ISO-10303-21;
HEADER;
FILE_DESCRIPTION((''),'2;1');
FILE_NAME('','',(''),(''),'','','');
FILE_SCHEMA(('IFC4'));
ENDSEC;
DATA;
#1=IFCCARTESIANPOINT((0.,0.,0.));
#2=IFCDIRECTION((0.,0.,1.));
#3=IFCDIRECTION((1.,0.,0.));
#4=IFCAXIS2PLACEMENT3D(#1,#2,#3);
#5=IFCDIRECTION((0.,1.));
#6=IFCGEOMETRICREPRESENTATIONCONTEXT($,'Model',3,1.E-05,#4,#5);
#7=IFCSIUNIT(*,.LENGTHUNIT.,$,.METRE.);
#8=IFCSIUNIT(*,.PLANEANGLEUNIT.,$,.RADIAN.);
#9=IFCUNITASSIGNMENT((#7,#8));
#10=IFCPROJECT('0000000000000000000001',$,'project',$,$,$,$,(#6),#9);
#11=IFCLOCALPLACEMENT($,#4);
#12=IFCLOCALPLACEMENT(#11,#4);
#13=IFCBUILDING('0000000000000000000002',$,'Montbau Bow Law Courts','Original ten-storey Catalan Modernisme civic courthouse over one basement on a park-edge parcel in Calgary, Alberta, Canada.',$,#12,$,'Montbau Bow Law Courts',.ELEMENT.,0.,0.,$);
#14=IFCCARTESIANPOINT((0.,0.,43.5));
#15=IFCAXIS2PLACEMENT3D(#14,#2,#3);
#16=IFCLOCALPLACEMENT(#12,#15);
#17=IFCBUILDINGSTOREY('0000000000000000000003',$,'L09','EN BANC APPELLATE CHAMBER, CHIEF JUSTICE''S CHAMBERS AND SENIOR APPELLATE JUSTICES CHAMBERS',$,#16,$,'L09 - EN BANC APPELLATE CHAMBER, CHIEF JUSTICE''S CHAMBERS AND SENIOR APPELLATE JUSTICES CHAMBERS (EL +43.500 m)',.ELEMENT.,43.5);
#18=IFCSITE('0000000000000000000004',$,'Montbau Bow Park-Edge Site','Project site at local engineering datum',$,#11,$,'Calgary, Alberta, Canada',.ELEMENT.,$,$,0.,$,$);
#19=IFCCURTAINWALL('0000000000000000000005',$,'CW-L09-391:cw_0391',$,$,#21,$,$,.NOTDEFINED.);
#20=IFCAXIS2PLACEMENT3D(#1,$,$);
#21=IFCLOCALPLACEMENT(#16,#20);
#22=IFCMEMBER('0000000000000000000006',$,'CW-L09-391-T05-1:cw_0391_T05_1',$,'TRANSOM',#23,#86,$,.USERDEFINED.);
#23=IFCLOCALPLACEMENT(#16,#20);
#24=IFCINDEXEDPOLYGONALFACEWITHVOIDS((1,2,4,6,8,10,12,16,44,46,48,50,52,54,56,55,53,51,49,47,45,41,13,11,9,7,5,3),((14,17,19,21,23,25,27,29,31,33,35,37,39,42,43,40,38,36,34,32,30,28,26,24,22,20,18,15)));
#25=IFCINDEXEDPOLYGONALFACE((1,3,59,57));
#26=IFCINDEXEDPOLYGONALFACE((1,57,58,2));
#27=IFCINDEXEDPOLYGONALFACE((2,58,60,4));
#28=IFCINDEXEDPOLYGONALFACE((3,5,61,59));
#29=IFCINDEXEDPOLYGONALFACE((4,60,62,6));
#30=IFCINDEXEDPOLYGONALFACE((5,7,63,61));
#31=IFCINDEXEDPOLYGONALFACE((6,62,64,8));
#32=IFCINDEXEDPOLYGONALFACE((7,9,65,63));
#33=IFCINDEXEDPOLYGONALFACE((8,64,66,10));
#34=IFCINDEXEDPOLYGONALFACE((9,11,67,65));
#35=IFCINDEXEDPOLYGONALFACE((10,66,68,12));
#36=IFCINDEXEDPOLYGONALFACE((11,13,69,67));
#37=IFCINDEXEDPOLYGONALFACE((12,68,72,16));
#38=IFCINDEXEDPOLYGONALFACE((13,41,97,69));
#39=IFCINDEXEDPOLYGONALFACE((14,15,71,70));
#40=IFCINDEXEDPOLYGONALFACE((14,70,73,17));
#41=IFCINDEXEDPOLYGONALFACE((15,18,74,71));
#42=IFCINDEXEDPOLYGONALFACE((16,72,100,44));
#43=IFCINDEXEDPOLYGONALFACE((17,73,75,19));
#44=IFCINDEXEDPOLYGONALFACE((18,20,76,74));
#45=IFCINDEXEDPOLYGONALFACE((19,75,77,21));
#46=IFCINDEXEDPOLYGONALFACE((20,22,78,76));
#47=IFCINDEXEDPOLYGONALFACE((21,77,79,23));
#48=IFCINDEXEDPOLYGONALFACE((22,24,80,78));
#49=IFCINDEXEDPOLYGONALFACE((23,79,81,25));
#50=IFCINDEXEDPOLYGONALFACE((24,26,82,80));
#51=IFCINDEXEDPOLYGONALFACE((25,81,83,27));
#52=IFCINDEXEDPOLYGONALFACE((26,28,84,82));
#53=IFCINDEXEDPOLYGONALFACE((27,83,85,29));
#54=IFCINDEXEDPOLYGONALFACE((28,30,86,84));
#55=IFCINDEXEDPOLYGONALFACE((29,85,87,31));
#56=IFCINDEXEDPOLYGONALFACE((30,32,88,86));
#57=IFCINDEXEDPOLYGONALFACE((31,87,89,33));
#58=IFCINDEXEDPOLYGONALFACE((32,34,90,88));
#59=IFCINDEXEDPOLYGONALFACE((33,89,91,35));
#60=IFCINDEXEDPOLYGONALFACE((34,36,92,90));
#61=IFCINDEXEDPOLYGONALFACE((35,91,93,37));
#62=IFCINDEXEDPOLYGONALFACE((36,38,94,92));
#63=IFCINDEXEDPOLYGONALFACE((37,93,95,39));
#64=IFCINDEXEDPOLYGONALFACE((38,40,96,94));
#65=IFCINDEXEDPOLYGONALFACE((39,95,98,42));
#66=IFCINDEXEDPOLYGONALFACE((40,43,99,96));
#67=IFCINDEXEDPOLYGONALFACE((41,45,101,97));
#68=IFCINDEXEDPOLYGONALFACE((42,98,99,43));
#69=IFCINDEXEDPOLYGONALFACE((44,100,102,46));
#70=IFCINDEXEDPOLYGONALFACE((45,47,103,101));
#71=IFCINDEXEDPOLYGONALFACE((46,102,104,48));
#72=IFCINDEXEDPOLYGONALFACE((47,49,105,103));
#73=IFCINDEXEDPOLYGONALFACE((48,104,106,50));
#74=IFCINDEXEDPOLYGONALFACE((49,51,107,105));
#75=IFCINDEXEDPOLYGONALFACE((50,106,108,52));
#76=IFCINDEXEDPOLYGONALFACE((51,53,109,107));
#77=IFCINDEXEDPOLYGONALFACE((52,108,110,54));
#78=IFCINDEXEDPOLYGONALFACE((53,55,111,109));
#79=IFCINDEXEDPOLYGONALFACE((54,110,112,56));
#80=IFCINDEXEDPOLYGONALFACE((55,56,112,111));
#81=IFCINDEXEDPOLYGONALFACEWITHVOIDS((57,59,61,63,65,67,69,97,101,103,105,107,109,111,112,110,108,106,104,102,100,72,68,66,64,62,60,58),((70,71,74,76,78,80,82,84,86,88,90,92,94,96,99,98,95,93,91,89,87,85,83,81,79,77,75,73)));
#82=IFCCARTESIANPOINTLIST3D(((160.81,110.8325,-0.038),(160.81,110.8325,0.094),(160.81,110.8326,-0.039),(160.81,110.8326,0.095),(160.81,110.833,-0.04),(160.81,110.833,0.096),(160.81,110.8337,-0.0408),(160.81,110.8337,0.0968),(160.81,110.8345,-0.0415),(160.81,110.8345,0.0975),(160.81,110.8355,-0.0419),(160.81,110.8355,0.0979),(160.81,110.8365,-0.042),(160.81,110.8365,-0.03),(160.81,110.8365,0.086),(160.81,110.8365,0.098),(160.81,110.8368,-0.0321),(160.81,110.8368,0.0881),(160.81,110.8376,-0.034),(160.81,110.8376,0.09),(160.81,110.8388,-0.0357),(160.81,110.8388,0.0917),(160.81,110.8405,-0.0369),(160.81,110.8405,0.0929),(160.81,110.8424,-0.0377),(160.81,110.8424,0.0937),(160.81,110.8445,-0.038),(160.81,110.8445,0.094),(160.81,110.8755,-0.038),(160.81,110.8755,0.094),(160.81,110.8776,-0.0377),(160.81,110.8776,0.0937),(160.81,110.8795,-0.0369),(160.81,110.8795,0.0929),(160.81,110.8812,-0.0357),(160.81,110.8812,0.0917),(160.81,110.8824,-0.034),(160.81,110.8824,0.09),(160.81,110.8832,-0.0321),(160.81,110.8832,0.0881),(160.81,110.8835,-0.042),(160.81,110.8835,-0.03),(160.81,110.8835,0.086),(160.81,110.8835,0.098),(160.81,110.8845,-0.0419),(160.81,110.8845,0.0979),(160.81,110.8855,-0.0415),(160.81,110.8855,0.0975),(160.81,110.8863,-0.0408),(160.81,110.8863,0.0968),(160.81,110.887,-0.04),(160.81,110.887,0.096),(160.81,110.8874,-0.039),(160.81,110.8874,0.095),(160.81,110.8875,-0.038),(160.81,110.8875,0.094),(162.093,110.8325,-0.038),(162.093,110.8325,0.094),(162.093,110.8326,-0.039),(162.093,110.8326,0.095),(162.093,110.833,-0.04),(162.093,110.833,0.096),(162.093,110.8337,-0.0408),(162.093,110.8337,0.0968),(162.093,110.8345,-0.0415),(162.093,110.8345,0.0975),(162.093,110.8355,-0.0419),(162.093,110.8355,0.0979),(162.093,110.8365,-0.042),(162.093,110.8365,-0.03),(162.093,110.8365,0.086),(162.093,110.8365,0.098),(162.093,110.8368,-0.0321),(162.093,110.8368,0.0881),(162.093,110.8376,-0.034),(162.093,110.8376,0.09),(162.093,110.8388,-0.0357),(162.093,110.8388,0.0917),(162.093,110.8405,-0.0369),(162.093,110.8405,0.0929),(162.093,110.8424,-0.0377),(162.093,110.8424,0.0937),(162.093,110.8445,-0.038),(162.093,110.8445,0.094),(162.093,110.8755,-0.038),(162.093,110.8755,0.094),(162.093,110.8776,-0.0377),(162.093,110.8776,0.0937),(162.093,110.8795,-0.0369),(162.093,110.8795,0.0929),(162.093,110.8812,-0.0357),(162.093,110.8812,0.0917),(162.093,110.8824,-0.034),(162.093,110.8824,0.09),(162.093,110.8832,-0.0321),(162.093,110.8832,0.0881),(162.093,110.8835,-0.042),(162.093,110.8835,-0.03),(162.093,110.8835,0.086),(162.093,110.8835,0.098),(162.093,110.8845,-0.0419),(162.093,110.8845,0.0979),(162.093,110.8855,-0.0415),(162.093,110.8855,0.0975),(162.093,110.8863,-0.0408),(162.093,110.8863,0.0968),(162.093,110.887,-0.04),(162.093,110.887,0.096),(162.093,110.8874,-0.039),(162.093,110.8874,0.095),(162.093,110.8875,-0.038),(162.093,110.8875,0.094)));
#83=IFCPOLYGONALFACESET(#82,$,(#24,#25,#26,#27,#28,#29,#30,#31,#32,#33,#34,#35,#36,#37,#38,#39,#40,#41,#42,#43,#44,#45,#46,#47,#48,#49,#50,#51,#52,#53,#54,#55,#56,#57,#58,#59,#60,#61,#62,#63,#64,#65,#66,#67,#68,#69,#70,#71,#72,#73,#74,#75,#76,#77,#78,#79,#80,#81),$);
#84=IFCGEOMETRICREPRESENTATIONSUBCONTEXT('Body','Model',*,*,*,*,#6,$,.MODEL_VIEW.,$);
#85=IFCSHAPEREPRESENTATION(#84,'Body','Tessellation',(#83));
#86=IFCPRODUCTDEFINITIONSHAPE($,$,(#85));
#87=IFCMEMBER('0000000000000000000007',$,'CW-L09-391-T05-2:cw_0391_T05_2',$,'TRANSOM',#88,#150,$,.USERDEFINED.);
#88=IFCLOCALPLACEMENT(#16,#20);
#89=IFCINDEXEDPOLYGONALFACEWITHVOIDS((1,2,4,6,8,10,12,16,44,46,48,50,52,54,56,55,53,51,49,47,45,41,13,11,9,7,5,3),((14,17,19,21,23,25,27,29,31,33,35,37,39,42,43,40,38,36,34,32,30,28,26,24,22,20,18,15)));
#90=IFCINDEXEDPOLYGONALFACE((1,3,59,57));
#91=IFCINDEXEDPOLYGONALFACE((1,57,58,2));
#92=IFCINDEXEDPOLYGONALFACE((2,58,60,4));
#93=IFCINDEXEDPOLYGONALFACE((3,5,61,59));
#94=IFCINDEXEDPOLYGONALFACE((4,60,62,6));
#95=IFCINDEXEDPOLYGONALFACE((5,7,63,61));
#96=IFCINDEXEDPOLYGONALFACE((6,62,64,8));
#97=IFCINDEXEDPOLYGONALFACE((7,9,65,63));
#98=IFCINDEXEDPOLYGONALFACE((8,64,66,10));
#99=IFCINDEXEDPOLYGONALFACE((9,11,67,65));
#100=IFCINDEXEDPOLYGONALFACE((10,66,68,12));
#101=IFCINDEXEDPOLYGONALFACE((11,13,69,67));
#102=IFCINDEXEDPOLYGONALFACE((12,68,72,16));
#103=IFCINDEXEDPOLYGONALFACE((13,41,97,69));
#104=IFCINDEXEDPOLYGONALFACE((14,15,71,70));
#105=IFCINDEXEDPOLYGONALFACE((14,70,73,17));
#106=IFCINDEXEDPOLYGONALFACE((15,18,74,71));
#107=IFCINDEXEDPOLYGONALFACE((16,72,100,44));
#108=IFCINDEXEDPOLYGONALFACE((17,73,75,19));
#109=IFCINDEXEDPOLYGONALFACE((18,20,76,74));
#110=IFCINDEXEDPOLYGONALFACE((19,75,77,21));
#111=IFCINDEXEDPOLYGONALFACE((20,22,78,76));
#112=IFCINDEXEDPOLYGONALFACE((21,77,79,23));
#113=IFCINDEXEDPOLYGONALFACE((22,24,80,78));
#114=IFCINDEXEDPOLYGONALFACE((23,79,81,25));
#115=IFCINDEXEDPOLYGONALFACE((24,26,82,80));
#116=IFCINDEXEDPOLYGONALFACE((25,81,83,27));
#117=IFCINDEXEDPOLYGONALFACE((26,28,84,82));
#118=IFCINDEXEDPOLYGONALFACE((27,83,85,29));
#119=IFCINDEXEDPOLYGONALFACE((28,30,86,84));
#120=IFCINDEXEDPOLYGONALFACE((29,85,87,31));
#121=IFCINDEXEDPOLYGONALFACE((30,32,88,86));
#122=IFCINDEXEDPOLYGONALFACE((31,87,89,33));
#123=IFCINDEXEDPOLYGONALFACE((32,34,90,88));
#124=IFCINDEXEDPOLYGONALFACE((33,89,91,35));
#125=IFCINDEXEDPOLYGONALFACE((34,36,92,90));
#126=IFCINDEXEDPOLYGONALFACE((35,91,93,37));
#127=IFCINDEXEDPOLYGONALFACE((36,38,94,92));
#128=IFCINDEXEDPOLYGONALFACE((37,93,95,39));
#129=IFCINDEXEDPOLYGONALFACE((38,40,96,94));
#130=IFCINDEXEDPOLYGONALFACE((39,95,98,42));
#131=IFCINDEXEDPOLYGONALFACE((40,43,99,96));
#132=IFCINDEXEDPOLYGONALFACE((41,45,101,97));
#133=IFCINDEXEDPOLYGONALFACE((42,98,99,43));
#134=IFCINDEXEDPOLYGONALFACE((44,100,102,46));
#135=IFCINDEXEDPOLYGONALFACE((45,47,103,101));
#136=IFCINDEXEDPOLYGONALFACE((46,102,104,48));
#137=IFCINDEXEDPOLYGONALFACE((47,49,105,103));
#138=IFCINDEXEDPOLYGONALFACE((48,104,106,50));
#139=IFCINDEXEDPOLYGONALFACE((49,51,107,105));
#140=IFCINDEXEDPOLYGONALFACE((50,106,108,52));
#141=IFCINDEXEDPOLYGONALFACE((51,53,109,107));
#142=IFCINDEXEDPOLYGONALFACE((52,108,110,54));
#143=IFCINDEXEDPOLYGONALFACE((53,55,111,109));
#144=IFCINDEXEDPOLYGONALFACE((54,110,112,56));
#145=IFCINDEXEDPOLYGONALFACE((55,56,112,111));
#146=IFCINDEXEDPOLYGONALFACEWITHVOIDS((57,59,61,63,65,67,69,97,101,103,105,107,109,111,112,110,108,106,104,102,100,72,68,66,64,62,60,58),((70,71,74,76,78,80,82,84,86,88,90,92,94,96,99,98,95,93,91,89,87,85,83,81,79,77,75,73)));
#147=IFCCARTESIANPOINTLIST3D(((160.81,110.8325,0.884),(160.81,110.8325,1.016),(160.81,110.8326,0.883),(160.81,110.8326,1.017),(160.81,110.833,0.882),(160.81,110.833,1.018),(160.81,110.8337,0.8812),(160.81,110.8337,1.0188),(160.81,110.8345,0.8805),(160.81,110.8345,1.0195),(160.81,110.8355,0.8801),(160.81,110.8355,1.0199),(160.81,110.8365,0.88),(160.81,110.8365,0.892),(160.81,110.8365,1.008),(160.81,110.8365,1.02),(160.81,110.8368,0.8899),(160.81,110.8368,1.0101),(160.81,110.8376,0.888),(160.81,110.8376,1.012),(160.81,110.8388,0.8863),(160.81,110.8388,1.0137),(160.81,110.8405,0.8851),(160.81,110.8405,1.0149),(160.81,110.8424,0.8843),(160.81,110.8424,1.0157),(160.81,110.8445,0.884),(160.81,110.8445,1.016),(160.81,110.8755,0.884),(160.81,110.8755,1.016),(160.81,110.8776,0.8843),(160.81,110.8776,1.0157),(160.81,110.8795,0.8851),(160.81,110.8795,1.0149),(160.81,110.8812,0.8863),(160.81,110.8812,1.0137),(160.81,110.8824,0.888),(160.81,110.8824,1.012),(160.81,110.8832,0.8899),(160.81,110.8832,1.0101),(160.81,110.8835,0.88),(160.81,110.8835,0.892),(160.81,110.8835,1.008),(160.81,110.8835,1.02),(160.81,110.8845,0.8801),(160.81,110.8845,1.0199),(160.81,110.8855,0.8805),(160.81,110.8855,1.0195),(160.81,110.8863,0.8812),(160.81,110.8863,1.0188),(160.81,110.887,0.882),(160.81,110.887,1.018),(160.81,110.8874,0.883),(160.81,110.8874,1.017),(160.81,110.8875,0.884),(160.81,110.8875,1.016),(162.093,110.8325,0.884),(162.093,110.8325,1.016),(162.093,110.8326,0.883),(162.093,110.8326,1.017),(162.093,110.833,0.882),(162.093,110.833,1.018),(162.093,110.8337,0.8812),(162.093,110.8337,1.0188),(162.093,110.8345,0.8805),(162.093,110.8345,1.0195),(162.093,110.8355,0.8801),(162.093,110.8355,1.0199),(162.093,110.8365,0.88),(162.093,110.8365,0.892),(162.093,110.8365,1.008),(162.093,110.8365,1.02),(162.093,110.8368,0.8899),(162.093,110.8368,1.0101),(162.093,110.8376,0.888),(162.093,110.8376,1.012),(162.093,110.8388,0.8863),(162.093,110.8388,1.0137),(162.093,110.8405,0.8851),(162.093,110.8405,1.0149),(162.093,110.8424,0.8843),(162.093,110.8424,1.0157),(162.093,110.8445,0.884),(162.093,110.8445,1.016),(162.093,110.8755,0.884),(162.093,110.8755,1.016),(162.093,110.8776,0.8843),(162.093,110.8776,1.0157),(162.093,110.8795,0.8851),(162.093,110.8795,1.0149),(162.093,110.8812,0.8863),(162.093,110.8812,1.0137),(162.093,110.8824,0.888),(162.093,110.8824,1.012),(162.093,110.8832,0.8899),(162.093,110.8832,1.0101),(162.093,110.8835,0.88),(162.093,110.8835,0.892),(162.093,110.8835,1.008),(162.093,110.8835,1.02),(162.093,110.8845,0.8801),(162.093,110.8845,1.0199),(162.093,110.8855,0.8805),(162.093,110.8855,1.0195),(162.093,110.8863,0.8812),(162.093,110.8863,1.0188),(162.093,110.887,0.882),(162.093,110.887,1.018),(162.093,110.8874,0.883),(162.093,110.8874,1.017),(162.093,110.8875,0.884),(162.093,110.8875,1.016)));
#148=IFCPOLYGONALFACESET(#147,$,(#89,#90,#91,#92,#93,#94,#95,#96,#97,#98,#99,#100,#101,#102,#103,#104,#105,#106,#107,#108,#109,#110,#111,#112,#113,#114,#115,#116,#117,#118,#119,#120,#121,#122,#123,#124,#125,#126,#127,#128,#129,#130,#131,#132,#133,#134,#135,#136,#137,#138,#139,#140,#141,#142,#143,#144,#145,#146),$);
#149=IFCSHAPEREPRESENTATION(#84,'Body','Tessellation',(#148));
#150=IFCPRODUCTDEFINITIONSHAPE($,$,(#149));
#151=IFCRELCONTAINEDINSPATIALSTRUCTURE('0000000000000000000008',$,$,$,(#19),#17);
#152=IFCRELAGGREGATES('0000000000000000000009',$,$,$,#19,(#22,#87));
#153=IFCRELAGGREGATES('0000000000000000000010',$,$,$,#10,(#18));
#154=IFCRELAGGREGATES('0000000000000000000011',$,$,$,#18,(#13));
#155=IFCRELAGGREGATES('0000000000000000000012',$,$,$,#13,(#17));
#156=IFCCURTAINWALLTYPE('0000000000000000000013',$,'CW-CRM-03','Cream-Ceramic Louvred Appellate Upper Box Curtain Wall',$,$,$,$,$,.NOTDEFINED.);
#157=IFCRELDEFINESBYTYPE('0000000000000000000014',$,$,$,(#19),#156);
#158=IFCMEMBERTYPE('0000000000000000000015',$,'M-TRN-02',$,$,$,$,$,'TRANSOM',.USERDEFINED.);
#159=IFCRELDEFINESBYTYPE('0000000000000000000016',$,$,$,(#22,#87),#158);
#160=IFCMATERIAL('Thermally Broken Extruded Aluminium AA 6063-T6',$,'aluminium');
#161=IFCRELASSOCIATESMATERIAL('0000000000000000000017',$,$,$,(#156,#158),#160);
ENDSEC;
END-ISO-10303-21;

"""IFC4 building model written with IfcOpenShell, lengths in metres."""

from ifc_helpers import new_model, si_unit, direction, frame, origin_with_axes, origin_2d_with_axis, place, context, subcontext, project, spatial, hollow_rectangle, extrude, material, material_profile, profile_set, type_object, element, aggregate, save


model = new_model("IFC4")

# Units and contexts
model_context = context("Model", 3, precision=1e-05, world=origin_with_axes(), true_north=direction((0.0, 1.0)))
body_context = subcontext(model_context, "Body", "Model", "MODEL_VIEW")
ifc_project = project(units=[si_unit("LENGTHUNIT", "METRE"), si_unit("PLANEANGLEUNIT", "RADIAN")], contexts=[model_context])

# Site, building, storey
site_placement = place(None, origin_with_axes())
site = spatial("IfcSite", under=ifc_project, at=site_placement, Name="Montbau Bow Park-Edge Site", Description="Project site at local engineering datum", LongName="Calgary, Alberta, Canada", CompositionType="ELEMENT", RefElevation=0.0)
building_placement = place(site_placement, origin_with_axes())
building = spatial("IfcBuilding", under=site, at=building_placement, Name="Montbau Bow Law Courts", Description="Original ten-storey Catalan Modernisme civic courthouse over one basement on a park-edge parcel in Calgary, Alberta, Canada.", LongName="Montbau Bow Law Courts", CompositionType="ELEMENT", ElevationOfRefHeight=0.0, ElevationOfTerrain=0.0)
storey_placement = place(building_placement, frame((0.0, 0.0, 43.5), z_axis=(0.0, 0.0, 1.0), x_axis=(1.0, 0.0, 0.0)))
storey = spatial("IfcBuildingStorey", under=building, at=storey_placement, Name="L09", Description="EN BANC APPELLATE CHAMBER, CHIEF JUSTICE'S CHAMBERS AND SENIOR APPELLATE JUSTICES CHAMBERS", LongName="L09 - EN BANC APPELLATE CHAMBER, CHIEF JUSTICE'S CHAMBERS AND SENIOR APPELLATE JUSTICES CHAMBERS (EL +43.500 m)", CompositionType="ELEMENT", Elevation=43.5)

# Curtain wall, members
ifc_material_1 = material(Name="Thermally Broken Extruded Aluminium AA 6063-T6", Category="aluminium")
curtain_wall_type = type_object("IfcCurtainWallType", Name="CW-CRM-03", Description="Cream-Ceramic Louvred Appellate Upper Box Curtain Wall", PredefinedType="NOTDEFINED", material=ifc_material_1)
curtain_wall_placement = place(None, frame((155.24, 110.86, 43.5), z_axis=(0.0, 0.0, 1.0), x_axis=(1.0, 0.0, 0.0)))
curtain_wall = element("IfcCurtainWall", 1, at=curtain_wall_placement, inside=storey, type_object=curtain_wall_type, Name="CW-L09-391:cw_0391", PredefinedType="NOTDEFINED")
ifc_material_profile_1 = material_profile(ifc_material_1, hollow_rectangle(XDim=0.055, YDim=0.14, WallThickness=0.004, InnerFilletRadius=0.008, OuterFilletRadius=0.004, at=origin_2d_with_axis()), Name="CWT-140X55", Category="Main", Priority=0)
ifc_profile_set_1 = profile_set([ifc_material_profile_1], Name="Thermally Broken Extruded Aluminium AA 6063-T6")
member_type_1 = type_object("IfcMemberType", Name="M-TRN-02", ElementType="TRANSOM", PredefinedType="USERDEFINED", material=ifc_profile_set_1)
member_1_placement = place(None, frame((160.81, 110.86, 43.528), z_axis=(1.0, 0.0, 0.0), x_axis=(0.0, 1.0, 0.0)))
member_1 = element("IfcMember", 2, at=member_1_placement, type_object=member_type_1, Name="CW-L09-391-T05-1:cw_0391_T05_1", ObjectType="TRANSOM", PredefinedType="USERDEFINED", context=body_context, shape_type="SweptSolid", body=[
    extrude(hollow_rectangle(XDim=0.055, YDim=0.14, WallThickness=0.004, InnerFilletRadius=0.008, OuterFilletRadius=0.004, at=origin_2d_with_axis()), origin_with_axes(), (0.0, 0.0, 1.0), 1.283),
])
member_2_placement = place(None, frame((160.81, 110.86, 44.45), z_axis=(1.0, 0.0, 0.0), x_axis=(0.0, 1.0, 0.0)))
member_2 = element("IfcMember", 3, at=member_2_placement, type_object=member_type_1, Name="CW-L09-391-T05-2:cw_0391_T05_2", ObjectType="TRANSOM", PredefinedType="USERDEFINED", context=body_context, shape_type="SweptSolid", body=[
    extrude(hollow_rectangle(XDim=0.055, YDim=0.14, WallThickness=0.004, InnerFilletRadius=0.008, OuterFilletRadius=0.004, at=origin_2d_with_axis()), origin_with_axes(), (0.0, 0.0, 1.0), 1.283),
])
aggregate(curtain_wall, [member_1, member_2])

save(model, "model.ifc")
